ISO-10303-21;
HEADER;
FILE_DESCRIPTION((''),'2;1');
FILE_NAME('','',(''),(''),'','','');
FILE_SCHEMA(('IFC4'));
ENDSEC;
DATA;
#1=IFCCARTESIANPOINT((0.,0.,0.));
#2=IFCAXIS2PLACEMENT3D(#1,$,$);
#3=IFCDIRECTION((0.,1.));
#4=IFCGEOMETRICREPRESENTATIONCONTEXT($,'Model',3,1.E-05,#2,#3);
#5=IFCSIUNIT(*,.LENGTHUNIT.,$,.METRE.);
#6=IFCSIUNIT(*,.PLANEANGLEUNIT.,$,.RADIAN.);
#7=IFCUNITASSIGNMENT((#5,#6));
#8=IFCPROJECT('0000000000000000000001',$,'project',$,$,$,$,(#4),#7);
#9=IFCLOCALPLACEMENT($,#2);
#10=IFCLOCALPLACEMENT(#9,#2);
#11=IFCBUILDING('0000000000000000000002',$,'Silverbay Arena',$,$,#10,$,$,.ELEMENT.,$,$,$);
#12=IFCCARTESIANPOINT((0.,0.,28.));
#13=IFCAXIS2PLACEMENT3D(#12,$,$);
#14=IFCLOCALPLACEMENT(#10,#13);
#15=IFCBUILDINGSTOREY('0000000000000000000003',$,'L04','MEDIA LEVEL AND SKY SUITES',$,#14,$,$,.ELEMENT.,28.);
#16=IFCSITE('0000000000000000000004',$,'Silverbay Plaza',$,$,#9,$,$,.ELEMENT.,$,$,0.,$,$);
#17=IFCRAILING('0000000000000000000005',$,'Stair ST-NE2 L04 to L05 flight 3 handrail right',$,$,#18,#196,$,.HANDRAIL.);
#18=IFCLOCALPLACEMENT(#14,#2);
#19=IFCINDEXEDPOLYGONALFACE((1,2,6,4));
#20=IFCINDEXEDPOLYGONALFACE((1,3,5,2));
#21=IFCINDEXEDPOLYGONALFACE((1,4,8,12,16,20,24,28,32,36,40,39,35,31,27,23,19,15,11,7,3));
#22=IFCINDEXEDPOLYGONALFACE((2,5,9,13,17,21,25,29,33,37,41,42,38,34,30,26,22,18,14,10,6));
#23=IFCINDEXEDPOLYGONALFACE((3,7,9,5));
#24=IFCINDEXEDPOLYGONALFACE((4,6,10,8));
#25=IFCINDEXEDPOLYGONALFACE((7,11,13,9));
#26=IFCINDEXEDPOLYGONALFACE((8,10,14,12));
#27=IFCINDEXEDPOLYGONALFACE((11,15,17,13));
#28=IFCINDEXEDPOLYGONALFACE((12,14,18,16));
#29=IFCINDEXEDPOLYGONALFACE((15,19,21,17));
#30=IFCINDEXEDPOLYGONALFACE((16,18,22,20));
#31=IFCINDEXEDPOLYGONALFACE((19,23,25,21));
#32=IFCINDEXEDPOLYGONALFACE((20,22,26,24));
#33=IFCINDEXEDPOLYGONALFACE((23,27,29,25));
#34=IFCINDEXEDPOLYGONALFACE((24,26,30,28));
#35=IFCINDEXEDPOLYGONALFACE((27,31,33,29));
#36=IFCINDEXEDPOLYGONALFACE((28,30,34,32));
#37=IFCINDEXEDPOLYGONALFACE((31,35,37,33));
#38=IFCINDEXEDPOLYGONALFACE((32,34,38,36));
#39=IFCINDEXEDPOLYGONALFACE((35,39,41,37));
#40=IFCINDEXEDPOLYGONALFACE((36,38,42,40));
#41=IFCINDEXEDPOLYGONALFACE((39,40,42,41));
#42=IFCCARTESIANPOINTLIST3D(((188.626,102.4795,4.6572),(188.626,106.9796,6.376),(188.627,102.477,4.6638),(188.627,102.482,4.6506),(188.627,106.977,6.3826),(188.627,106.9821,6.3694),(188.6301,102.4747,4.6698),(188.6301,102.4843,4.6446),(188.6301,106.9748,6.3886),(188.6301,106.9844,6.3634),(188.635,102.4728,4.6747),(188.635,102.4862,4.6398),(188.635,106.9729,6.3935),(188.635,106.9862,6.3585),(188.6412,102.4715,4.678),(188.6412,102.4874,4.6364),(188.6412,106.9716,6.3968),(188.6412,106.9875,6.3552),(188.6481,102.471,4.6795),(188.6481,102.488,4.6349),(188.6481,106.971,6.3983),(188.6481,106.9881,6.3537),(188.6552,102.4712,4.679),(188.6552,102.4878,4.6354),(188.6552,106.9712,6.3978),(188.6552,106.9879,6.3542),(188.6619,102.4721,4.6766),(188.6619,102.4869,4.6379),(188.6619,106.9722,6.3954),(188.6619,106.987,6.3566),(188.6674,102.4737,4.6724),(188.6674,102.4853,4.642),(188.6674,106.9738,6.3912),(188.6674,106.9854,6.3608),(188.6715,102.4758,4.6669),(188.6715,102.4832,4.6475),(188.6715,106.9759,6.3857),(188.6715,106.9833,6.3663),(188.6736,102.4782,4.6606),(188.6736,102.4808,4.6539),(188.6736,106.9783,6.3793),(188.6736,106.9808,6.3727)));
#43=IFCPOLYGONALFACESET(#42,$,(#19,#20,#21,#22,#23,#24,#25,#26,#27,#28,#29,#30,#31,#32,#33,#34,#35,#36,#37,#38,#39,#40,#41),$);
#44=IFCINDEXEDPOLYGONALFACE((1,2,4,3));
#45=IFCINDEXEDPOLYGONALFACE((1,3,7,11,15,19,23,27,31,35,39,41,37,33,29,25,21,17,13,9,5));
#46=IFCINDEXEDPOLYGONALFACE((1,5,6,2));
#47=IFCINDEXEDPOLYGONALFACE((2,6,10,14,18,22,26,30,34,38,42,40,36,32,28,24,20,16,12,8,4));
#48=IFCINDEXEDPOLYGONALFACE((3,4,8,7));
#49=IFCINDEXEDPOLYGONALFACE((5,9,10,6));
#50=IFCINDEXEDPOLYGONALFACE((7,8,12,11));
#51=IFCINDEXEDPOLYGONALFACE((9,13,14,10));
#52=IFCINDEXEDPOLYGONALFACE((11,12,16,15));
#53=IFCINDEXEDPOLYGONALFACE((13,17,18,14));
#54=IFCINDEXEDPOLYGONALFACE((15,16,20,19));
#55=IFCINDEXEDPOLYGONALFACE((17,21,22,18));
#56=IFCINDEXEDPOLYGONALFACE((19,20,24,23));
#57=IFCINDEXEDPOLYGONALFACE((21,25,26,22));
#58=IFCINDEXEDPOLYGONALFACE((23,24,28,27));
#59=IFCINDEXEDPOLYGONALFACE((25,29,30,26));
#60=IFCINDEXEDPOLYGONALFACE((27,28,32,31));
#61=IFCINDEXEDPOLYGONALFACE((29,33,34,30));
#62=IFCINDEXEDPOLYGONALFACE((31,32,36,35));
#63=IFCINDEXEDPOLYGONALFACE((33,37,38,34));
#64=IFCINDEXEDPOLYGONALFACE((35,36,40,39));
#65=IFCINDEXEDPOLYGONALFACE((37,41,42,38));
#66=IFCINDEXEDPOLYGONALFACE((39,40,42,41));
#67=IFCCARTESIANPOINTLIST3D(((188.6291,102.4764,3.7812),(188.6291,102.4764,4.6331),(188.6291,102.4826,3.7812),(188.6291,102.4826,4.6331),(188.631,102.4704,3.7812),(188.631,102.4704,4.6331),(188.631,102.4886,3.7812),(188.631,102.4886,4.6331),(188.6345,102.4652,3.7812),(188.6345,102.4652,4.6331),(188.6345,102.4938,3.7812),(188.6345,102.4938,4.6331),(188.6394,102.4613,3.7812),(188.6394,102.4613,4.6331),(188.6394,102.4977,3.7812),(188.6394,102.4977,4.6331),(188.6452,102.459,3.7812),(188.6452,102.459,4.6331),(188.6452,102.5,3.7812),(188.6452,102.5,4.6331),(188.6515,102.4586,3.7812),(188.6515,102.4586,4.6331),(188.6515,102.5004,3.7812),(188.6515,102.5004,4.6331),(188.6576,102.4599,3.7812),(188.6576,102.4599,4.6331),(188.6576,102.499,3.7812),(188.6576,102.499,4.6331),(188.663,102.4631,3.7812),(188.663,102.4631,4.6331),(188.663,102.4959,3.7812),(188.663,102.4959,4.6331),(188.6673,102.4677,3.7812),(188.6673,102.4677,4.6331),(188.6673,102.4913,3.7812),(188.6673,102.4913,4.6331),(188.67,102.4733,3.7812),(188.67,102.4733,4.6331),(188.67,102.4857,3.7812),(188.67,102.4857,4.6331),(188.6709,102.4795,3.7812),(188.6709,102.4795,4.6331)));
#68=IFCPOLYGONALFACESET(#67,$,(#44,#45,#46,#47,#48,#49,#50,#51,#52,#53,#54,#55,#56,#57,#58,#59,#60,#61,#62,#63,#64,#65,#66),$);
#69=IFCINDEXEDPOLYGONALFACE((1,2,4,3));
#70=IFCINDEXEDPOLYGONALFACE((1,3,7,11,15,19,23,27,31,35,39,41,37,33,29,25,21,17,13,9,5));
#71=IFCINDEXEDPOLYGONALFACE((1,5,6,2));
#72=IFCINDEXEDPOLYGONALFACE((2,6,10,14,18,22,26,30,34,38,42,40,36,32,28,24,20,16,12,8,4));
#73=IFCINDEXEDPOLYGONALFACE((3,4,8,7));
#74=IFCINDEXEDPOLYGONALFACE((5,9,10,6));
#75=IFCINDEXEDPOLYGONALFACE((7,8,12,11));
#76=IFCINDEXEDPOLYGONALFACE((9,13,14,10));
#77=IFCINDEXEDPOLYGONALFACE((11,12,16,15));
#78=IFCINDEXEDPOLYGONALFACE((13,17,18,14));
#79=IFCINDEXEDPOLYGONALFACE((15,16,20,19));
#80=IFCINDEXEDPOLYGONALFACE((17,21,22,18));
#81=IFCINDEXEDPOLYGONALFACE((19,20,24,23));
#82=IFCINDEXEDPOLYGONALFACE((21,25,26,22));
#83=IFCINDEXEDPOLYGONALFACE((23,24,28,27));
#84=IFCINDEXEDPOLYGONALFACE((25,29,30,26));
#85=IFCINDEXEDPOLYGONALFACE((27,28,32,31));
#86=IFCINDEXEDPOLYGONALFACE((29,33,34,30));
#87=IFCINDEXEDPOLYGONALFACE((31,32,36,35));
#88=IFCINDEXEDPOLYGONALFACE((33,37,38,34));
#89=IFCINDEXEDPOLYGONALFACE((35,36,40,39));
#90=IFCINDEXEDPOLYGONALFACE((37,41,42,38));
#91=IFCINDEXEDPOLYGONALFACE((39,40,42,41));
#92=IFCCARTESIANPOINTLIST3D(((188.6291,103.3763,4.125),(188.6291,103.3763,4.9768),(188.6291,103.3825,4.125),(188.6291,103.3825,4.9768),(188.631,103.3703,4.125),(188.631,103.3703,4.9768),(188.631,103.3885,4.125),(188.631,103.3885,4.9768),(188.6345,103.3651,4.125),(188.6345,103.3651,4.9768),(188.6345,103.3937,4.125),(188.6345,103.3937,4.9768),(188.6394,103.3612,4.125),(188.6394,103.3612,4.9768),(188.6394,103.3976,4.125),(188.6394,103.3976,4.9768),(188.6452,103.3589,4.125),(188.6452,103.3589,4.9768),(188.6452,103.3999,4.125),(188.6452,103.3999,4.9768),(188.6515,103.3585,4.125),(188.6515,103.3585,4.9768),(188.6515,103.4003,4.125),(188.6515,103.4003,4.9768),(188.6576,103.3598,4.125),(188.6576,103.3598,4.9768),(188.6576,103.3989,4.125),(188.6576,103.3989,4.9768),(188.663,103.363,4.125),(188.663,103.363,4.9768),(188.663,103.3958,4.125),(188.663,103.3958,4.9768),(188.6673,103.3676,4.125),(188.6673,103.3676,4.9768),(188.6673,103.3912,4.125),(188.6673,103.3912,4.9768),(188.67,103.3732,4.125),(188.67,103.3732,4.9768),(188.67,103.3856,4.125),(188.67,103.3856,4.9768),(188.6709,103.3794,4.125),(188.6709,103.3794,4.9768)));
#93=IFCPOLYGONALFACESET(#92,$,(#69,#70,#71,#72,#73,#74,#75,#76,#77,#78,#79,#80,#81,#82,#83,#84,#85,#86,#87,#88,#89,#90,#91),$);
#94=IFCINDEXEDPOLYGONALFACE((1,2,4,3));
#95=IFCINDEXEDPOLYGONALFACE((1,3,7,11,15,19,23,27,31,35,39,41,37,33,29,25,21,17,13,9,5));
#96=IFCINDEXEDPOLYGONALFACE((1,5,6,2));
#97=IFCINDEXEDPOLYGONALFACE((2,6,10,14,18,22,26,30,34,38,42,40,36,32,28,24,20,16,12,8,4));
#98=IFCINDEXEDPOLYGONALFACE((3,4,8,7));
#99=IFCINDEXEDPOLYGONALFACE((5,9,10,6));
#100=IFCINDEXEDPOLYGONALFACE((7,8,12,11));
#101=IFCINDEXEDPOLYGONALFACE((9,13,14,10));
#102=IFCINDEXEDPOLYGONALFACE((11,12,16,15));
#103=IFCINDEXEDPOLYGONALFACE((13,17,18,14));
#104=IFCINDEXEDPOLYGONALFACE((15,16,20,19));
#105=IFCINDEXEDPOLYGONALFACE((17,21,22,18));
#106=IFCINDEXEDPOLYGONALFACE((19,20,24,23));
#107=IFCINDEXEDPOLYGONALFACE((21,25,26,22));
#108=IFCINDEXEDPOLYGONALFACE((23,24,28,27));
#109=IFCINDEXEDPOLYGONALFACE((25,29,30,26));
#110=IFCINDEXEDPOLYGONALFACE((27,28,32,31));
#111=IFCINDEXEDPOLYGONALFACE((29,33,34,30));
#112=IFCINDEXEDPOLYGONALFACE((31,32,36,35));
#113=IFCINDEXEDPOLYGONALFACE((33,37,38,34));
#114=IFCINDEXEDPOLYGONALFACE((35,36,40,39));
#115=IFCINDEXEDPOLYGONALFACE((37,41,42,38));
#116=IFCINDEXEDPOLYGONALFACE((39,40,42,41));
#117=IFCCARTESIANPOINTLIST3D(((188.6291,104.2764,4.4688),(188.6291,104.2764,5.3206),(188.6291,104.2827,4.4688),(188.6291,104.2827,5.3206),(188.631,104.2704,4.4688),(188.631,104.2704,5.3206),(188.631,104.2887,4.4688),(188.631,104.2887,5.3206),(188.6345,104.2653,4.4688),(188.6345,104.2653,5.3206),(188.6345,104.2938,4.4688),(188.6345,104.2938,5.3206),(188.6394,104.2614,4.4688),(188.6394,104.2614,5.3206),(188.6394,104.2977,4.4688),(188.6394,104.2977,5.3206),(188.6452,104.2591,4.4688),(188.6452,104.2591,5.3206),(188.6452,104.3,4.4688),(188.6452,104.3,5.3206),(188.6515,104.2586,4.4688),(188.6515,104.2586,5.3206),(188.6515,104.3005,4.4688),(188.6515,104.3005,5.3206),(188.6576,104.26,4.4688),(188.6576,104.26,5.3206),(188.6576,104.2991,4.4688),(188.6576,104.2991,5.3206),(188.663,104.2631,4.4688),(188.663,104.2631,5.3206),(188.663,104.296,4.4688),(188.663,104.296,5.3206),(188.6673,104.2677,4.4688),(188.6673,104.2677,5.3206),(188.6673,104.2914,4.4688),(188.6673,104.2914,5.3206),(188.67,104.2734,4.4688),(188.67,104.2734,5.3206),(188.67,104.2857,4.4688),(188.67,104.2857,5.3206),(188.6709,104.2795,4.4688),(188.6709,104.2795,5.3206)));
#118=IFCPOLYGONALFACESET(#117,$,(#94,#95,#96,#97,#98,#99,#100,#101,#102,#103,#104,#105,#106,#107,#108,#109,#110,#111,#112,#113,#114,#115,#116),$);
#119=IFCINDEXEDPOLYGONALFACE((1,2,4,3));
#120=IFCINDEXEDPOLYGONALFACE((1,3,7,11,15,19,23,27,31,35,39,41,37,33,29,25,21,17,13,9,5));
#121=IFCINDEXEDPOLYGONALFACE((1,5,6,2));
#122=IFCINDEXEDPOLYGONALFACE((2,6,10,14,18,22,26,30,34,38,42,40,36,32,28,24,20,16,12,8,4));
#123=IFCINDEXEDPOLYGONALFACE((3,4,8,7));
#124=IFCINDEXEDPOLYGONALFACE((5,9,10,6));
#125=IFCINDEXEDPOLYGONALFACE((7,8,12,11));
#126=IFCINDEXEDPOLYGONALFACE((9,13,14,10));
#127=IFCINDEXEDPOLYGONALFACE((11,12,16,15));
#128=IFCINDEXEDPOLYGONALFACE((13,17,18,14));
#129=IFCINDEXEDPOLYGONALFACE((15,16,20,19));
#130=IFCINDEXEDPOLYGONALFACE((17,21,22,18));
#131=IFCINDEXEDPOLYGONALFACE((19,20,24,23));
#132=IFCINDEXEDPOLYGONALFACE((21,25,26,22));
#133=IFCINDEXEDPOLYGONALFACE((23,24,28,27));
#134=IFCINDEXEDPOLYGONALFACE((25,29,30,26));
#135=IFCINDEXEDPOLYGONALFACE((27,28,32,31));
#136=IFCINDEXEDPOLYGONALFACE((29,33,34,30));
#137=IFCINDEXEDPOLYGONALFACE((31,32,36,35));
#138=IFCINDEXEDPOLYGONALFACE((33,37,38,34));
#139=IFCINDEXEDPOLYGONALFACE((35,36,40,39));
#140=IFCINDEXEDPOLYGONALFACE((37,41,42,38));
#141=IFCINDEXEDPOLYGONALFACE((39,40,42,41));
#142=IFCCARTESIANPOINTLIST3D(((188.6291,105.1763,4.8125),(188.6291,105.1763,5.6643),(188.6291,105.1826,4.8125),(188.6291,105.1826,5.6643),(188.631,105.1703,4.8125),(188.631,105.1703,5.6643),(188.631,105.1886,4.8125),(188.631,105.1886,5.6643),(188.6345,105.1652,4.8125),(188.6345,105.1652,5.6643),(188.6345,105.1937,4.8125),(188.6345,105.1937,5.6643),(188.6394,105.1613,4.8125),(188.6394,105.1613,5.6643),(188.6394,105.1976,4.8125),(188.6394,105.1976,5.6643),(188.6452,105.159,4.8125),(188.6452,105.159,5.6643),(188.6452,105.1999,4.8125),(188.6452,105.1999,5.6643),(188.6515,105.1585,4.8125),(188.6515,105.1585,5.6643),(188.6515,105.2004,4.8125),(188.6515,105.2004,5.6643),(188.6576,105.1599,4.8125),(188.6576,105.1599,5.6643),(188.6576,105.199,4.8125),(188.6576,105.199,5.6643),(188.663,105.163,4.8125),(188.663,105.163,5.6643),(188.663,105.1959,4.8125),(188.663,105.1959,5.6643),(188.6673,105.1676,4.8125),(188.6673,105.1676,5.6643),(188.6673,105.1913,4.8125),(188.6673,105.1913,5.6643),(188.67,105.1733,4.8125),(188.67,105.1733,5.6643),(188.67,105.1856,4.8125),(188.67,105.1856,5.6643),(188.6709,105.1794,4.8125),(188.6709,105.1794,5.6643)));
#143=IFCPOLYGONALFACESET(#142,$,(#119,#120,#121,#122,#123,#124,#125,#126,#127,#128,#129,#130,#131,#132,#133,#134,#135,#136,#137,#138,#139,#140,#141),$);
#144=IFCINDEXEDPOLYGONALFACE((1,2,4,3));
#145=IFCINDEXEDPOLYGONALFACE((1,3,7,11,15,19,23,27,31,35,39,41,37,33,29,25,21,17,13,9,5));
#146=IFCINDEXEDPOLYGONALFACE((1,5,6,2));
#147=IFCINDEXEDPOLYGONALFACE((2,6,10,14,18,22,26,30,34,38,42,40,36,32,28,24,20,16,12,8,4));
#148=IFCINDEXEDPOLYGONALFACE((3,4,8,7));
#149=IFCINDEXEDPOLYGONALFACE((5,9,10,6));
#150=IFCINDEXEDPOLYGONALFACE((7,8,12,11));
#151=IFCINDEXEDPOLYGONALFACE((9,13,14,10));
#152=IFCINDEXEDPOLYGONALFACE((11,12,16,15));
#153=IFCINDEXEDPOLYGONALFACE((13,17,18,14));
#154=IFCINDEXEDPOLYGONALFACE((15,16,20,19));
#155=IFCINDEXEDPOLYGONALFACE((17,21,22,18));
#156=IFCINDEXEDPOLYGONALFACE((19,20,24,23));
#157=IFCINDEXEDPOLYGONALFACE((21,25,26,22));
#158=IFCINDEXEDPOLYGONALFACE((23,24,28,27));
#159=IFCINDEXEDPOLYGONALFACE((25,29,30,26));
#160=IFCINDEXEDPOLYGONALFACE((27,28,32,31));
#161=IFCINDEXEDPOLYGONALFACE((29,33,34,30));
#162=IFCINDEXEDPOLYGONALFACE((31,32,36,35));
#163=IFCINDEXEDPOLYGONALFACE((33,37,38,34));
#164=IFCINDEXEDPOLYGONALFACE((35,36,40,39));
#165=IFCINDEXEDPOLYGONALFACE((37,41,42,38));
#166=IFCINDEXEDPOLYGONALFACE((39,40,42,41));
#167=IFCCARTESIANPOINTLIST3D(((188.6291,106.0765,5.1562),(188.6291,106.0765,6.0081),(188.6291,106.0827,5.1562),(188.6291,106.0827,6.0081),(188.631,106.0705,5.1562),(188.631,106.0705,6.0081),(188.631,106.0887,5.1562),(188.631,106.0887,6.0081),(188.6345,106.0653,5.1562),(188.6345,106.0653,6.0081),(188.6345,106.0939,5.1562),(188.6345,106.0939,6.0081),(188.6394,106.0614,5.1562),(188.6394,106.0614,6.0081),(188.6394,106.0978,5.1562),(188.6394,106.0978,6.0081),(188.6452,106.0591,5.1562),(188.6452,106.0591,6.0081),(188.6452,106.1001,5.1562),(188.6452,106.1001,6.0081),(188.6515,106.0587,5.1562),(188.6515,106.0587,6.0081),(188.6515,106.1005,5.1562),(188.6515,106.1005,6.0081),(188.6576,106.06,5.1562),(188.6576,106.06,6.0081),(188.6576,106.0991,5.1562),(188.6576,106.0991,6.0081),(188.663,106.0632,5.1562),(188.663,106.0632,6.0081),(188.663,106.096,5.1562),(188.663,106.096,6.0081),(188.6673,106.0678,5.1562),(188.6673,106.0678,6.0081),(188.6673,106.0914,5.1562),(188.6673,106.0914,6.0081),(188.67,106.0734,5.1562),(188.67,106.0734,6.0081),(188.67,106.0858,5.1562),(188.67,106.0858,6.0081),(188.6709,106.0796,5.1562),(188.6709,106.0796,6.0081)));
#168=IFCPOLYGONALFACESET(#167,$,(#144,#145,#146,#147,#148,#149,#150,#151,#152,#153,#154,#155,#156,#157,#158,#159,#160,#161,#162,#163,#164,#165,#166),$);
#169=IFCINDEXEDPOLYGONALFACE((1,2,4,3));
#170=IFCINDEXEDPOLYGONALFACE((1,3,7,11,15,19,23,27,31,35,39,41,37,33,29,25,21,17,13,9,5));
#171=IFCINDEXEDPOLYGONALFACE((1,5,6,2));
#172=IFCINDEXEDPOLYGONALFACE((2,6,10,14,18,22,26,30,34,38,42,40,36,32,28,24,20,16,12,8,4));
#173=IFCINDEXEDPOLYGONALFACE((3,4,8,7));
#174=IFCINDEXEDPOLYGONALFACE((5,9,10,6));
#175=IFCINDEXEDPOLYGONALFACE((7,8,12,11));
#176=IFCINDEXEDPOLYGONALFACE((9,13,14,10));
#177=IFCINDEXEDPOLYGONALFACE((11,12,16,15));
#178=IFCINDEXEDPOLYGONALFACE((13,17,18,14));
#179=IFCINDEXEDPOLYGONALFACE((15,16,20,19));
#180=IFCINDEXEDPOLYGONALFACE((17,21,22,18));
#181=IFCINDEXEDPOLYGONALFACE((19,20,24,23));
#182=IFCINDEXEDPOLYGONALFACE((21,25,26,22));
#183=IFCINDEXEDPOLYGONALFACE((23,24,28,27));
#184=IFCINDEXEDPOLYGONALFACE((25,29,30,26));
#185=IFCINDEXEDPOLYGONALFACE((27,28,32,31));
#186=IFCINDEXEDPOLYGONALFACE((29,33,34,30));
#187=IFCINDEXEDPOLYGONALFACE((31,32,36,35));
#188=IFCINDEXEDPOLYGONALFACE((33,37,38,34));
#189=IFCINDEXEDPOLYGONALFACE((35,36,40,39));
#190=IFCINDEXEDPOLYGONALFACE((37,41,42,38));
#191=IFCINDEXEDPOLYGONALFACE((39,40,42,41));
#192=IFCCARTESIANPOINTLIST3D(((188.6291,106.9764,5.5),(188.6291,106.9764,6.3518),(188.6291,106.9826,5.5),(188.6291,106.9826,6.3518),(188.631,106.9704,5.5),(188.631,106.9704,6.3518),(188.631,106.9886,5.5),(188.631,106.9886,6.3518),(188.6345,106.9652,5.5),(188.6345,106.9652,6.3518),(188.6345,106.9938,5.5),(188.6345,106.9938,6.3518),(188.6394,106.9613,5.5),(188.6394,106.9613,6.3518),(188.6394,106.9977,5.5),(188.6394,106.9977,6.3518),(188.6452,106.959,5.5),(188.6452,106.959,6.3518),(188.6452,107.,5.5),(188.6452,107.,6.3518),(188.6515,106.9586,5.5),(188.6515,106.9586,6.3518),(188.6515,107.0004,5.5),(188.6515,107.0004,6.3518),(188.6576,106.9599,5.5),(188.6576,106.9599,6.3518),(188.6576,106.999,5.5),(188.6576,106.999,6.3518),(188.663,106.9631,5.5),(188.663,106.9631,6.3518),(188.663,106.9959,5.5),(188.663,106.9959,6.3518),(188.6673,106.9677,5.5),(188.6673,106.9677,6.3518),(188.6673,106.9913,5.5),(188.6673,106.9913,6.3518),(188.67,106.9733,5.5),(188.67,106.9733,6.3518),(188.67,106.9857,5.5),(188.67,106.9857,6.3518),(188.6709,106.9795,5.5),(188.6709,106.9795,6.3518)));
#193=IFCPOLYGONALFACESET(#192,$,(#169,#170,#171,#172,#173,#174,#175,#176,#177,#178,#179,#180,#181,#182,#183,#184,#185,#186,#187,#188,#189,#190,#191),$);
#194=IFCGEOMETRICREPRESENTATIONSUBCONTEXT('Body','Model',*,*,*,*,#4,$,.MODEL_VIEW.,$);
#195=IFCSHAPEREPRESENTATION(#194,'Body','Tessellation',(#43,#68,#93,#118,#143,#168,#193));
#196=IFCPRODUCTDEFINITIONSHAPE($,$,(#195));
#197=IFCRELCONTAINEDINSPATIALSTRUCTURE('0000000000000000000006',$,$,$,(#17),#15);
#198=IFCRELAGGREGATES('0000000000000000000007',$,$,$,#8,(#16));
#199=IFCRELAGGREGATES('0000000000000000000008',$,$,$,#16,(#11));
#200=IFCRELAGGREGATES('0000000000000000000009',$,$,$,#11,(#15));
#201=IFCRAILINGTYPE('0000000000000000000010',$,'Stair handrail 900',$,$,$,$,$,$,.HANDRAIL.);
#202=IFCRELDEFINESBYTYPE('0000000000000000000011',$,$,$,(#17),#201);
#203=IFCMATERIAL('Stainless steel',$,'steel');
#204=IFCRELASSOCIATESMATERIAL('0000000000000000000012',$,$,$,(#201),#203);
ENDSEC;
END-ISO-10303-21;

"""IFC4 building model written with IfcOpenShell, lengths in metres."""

from ifc_helpers import new_model, si_unit, direction, frame, origin, origin_2d, place, context, subcontext, project, spatial, circle, extrude, material, type_object, element, save


model = new_model("IFC4")

# Units and contexts
model_context = context("Model", 3, precision=1e-05, world=origin(), true_north=direction((0.0, 1.0)))
body_context = subcontext(model_context, "Body", "Model", "MODEL_VIEW")
ifc_project = project(units=[si_unit("LENGTHUNIT", "METRE"), si_unit("PLANEANGLEUNIT", "RADIAN")], contexts=[model_context])

# Site, building, storey
site_placement = place(None, origin())
site = spatial("IfcSite", under=ifc_project, at=site_placement, Name="Silverbay Plaza", CompositionType="ELEMENT", RefElevation=0.0)
building_placement = place(site_placement, origin())
building = spatial("IfcBuilding", under=site, at=building_placement, Name="Silverbay Arena", CompositionType="ELEMENT")
storey_placement = place(building_placement, frame((0.0, 0.0, 28.0)))
storey = spatial("IfcBuildingStorey", under=building, at=storey_placement, Name="L04", Description="MEDIA LEVEL AND SKY SUITES", CompositionType="ELEMENT", Elevation=28.0)

# Railing
ifc_material_1 = material(Name="Stainless steel", Category="steel")
railing_type_1 = type_object("IfcRailingType", Name="Stair handrail 900", PredefinedType="HANDRAIL", material=ifc_material_1)
for number, where, name in (
    (1, (188.6499, 102.4795, 3.7812), "Stair ST-NE2 L04 to L05 flight 3 handrail right"),
):
    element("IfcRailing", number, at=place(storey_placement, frame(where)), inside=storey, type_object=railing_type_1, Name=name, PredefinedType="HANDRAIL", context=body_context, shape_type="SweptSolid", body=[
        extrude(circle(Radius=0.0239, at=origin_2d()), frame((0.0, 0.0, 0.876), z_axis=(0.0, 0.934179, 0.356805), x_axis=(-1.0, 0.0, 0.0)), (0.0, 0.0, 1.0), 4.8171),
        extrude(circle(Radius=0.021, at=origin_2d()), origin(), (0.0, 0.0, 1.0), 0.8518),
        extrude(circle(Radius=0.021, at=origin_2d()), frame((0.0, 0.8999, 0.3438)), (0.0, 0.0, 1.0), 0.8518),
        extrude(circle(Radius=0.021, at=origin_2d()), frame((0.0, 1.8, 0.6875)), (0.0, 0.0, 1.0), 0.8518),
        extrude(circle(Radius=0.021, at=origin_2d()), frame((0.0, 2.7, 1.0312)), (0.0, 0.0, 1.0), 0.8518),
        extrude(circle(Radius=0.021, at=origin_2d()), frame((0.0, 3.6001, 1.375)), (0.0, 0.0, 1.0), 0.8518),
        extrude(circle(Radius=0.021, at=origin_2d()), frame((0.0, 4.5, 1.7188)), (0.0, 0.0, 1.0), 0.8518),
    ])

save(model, "model.ifc")
